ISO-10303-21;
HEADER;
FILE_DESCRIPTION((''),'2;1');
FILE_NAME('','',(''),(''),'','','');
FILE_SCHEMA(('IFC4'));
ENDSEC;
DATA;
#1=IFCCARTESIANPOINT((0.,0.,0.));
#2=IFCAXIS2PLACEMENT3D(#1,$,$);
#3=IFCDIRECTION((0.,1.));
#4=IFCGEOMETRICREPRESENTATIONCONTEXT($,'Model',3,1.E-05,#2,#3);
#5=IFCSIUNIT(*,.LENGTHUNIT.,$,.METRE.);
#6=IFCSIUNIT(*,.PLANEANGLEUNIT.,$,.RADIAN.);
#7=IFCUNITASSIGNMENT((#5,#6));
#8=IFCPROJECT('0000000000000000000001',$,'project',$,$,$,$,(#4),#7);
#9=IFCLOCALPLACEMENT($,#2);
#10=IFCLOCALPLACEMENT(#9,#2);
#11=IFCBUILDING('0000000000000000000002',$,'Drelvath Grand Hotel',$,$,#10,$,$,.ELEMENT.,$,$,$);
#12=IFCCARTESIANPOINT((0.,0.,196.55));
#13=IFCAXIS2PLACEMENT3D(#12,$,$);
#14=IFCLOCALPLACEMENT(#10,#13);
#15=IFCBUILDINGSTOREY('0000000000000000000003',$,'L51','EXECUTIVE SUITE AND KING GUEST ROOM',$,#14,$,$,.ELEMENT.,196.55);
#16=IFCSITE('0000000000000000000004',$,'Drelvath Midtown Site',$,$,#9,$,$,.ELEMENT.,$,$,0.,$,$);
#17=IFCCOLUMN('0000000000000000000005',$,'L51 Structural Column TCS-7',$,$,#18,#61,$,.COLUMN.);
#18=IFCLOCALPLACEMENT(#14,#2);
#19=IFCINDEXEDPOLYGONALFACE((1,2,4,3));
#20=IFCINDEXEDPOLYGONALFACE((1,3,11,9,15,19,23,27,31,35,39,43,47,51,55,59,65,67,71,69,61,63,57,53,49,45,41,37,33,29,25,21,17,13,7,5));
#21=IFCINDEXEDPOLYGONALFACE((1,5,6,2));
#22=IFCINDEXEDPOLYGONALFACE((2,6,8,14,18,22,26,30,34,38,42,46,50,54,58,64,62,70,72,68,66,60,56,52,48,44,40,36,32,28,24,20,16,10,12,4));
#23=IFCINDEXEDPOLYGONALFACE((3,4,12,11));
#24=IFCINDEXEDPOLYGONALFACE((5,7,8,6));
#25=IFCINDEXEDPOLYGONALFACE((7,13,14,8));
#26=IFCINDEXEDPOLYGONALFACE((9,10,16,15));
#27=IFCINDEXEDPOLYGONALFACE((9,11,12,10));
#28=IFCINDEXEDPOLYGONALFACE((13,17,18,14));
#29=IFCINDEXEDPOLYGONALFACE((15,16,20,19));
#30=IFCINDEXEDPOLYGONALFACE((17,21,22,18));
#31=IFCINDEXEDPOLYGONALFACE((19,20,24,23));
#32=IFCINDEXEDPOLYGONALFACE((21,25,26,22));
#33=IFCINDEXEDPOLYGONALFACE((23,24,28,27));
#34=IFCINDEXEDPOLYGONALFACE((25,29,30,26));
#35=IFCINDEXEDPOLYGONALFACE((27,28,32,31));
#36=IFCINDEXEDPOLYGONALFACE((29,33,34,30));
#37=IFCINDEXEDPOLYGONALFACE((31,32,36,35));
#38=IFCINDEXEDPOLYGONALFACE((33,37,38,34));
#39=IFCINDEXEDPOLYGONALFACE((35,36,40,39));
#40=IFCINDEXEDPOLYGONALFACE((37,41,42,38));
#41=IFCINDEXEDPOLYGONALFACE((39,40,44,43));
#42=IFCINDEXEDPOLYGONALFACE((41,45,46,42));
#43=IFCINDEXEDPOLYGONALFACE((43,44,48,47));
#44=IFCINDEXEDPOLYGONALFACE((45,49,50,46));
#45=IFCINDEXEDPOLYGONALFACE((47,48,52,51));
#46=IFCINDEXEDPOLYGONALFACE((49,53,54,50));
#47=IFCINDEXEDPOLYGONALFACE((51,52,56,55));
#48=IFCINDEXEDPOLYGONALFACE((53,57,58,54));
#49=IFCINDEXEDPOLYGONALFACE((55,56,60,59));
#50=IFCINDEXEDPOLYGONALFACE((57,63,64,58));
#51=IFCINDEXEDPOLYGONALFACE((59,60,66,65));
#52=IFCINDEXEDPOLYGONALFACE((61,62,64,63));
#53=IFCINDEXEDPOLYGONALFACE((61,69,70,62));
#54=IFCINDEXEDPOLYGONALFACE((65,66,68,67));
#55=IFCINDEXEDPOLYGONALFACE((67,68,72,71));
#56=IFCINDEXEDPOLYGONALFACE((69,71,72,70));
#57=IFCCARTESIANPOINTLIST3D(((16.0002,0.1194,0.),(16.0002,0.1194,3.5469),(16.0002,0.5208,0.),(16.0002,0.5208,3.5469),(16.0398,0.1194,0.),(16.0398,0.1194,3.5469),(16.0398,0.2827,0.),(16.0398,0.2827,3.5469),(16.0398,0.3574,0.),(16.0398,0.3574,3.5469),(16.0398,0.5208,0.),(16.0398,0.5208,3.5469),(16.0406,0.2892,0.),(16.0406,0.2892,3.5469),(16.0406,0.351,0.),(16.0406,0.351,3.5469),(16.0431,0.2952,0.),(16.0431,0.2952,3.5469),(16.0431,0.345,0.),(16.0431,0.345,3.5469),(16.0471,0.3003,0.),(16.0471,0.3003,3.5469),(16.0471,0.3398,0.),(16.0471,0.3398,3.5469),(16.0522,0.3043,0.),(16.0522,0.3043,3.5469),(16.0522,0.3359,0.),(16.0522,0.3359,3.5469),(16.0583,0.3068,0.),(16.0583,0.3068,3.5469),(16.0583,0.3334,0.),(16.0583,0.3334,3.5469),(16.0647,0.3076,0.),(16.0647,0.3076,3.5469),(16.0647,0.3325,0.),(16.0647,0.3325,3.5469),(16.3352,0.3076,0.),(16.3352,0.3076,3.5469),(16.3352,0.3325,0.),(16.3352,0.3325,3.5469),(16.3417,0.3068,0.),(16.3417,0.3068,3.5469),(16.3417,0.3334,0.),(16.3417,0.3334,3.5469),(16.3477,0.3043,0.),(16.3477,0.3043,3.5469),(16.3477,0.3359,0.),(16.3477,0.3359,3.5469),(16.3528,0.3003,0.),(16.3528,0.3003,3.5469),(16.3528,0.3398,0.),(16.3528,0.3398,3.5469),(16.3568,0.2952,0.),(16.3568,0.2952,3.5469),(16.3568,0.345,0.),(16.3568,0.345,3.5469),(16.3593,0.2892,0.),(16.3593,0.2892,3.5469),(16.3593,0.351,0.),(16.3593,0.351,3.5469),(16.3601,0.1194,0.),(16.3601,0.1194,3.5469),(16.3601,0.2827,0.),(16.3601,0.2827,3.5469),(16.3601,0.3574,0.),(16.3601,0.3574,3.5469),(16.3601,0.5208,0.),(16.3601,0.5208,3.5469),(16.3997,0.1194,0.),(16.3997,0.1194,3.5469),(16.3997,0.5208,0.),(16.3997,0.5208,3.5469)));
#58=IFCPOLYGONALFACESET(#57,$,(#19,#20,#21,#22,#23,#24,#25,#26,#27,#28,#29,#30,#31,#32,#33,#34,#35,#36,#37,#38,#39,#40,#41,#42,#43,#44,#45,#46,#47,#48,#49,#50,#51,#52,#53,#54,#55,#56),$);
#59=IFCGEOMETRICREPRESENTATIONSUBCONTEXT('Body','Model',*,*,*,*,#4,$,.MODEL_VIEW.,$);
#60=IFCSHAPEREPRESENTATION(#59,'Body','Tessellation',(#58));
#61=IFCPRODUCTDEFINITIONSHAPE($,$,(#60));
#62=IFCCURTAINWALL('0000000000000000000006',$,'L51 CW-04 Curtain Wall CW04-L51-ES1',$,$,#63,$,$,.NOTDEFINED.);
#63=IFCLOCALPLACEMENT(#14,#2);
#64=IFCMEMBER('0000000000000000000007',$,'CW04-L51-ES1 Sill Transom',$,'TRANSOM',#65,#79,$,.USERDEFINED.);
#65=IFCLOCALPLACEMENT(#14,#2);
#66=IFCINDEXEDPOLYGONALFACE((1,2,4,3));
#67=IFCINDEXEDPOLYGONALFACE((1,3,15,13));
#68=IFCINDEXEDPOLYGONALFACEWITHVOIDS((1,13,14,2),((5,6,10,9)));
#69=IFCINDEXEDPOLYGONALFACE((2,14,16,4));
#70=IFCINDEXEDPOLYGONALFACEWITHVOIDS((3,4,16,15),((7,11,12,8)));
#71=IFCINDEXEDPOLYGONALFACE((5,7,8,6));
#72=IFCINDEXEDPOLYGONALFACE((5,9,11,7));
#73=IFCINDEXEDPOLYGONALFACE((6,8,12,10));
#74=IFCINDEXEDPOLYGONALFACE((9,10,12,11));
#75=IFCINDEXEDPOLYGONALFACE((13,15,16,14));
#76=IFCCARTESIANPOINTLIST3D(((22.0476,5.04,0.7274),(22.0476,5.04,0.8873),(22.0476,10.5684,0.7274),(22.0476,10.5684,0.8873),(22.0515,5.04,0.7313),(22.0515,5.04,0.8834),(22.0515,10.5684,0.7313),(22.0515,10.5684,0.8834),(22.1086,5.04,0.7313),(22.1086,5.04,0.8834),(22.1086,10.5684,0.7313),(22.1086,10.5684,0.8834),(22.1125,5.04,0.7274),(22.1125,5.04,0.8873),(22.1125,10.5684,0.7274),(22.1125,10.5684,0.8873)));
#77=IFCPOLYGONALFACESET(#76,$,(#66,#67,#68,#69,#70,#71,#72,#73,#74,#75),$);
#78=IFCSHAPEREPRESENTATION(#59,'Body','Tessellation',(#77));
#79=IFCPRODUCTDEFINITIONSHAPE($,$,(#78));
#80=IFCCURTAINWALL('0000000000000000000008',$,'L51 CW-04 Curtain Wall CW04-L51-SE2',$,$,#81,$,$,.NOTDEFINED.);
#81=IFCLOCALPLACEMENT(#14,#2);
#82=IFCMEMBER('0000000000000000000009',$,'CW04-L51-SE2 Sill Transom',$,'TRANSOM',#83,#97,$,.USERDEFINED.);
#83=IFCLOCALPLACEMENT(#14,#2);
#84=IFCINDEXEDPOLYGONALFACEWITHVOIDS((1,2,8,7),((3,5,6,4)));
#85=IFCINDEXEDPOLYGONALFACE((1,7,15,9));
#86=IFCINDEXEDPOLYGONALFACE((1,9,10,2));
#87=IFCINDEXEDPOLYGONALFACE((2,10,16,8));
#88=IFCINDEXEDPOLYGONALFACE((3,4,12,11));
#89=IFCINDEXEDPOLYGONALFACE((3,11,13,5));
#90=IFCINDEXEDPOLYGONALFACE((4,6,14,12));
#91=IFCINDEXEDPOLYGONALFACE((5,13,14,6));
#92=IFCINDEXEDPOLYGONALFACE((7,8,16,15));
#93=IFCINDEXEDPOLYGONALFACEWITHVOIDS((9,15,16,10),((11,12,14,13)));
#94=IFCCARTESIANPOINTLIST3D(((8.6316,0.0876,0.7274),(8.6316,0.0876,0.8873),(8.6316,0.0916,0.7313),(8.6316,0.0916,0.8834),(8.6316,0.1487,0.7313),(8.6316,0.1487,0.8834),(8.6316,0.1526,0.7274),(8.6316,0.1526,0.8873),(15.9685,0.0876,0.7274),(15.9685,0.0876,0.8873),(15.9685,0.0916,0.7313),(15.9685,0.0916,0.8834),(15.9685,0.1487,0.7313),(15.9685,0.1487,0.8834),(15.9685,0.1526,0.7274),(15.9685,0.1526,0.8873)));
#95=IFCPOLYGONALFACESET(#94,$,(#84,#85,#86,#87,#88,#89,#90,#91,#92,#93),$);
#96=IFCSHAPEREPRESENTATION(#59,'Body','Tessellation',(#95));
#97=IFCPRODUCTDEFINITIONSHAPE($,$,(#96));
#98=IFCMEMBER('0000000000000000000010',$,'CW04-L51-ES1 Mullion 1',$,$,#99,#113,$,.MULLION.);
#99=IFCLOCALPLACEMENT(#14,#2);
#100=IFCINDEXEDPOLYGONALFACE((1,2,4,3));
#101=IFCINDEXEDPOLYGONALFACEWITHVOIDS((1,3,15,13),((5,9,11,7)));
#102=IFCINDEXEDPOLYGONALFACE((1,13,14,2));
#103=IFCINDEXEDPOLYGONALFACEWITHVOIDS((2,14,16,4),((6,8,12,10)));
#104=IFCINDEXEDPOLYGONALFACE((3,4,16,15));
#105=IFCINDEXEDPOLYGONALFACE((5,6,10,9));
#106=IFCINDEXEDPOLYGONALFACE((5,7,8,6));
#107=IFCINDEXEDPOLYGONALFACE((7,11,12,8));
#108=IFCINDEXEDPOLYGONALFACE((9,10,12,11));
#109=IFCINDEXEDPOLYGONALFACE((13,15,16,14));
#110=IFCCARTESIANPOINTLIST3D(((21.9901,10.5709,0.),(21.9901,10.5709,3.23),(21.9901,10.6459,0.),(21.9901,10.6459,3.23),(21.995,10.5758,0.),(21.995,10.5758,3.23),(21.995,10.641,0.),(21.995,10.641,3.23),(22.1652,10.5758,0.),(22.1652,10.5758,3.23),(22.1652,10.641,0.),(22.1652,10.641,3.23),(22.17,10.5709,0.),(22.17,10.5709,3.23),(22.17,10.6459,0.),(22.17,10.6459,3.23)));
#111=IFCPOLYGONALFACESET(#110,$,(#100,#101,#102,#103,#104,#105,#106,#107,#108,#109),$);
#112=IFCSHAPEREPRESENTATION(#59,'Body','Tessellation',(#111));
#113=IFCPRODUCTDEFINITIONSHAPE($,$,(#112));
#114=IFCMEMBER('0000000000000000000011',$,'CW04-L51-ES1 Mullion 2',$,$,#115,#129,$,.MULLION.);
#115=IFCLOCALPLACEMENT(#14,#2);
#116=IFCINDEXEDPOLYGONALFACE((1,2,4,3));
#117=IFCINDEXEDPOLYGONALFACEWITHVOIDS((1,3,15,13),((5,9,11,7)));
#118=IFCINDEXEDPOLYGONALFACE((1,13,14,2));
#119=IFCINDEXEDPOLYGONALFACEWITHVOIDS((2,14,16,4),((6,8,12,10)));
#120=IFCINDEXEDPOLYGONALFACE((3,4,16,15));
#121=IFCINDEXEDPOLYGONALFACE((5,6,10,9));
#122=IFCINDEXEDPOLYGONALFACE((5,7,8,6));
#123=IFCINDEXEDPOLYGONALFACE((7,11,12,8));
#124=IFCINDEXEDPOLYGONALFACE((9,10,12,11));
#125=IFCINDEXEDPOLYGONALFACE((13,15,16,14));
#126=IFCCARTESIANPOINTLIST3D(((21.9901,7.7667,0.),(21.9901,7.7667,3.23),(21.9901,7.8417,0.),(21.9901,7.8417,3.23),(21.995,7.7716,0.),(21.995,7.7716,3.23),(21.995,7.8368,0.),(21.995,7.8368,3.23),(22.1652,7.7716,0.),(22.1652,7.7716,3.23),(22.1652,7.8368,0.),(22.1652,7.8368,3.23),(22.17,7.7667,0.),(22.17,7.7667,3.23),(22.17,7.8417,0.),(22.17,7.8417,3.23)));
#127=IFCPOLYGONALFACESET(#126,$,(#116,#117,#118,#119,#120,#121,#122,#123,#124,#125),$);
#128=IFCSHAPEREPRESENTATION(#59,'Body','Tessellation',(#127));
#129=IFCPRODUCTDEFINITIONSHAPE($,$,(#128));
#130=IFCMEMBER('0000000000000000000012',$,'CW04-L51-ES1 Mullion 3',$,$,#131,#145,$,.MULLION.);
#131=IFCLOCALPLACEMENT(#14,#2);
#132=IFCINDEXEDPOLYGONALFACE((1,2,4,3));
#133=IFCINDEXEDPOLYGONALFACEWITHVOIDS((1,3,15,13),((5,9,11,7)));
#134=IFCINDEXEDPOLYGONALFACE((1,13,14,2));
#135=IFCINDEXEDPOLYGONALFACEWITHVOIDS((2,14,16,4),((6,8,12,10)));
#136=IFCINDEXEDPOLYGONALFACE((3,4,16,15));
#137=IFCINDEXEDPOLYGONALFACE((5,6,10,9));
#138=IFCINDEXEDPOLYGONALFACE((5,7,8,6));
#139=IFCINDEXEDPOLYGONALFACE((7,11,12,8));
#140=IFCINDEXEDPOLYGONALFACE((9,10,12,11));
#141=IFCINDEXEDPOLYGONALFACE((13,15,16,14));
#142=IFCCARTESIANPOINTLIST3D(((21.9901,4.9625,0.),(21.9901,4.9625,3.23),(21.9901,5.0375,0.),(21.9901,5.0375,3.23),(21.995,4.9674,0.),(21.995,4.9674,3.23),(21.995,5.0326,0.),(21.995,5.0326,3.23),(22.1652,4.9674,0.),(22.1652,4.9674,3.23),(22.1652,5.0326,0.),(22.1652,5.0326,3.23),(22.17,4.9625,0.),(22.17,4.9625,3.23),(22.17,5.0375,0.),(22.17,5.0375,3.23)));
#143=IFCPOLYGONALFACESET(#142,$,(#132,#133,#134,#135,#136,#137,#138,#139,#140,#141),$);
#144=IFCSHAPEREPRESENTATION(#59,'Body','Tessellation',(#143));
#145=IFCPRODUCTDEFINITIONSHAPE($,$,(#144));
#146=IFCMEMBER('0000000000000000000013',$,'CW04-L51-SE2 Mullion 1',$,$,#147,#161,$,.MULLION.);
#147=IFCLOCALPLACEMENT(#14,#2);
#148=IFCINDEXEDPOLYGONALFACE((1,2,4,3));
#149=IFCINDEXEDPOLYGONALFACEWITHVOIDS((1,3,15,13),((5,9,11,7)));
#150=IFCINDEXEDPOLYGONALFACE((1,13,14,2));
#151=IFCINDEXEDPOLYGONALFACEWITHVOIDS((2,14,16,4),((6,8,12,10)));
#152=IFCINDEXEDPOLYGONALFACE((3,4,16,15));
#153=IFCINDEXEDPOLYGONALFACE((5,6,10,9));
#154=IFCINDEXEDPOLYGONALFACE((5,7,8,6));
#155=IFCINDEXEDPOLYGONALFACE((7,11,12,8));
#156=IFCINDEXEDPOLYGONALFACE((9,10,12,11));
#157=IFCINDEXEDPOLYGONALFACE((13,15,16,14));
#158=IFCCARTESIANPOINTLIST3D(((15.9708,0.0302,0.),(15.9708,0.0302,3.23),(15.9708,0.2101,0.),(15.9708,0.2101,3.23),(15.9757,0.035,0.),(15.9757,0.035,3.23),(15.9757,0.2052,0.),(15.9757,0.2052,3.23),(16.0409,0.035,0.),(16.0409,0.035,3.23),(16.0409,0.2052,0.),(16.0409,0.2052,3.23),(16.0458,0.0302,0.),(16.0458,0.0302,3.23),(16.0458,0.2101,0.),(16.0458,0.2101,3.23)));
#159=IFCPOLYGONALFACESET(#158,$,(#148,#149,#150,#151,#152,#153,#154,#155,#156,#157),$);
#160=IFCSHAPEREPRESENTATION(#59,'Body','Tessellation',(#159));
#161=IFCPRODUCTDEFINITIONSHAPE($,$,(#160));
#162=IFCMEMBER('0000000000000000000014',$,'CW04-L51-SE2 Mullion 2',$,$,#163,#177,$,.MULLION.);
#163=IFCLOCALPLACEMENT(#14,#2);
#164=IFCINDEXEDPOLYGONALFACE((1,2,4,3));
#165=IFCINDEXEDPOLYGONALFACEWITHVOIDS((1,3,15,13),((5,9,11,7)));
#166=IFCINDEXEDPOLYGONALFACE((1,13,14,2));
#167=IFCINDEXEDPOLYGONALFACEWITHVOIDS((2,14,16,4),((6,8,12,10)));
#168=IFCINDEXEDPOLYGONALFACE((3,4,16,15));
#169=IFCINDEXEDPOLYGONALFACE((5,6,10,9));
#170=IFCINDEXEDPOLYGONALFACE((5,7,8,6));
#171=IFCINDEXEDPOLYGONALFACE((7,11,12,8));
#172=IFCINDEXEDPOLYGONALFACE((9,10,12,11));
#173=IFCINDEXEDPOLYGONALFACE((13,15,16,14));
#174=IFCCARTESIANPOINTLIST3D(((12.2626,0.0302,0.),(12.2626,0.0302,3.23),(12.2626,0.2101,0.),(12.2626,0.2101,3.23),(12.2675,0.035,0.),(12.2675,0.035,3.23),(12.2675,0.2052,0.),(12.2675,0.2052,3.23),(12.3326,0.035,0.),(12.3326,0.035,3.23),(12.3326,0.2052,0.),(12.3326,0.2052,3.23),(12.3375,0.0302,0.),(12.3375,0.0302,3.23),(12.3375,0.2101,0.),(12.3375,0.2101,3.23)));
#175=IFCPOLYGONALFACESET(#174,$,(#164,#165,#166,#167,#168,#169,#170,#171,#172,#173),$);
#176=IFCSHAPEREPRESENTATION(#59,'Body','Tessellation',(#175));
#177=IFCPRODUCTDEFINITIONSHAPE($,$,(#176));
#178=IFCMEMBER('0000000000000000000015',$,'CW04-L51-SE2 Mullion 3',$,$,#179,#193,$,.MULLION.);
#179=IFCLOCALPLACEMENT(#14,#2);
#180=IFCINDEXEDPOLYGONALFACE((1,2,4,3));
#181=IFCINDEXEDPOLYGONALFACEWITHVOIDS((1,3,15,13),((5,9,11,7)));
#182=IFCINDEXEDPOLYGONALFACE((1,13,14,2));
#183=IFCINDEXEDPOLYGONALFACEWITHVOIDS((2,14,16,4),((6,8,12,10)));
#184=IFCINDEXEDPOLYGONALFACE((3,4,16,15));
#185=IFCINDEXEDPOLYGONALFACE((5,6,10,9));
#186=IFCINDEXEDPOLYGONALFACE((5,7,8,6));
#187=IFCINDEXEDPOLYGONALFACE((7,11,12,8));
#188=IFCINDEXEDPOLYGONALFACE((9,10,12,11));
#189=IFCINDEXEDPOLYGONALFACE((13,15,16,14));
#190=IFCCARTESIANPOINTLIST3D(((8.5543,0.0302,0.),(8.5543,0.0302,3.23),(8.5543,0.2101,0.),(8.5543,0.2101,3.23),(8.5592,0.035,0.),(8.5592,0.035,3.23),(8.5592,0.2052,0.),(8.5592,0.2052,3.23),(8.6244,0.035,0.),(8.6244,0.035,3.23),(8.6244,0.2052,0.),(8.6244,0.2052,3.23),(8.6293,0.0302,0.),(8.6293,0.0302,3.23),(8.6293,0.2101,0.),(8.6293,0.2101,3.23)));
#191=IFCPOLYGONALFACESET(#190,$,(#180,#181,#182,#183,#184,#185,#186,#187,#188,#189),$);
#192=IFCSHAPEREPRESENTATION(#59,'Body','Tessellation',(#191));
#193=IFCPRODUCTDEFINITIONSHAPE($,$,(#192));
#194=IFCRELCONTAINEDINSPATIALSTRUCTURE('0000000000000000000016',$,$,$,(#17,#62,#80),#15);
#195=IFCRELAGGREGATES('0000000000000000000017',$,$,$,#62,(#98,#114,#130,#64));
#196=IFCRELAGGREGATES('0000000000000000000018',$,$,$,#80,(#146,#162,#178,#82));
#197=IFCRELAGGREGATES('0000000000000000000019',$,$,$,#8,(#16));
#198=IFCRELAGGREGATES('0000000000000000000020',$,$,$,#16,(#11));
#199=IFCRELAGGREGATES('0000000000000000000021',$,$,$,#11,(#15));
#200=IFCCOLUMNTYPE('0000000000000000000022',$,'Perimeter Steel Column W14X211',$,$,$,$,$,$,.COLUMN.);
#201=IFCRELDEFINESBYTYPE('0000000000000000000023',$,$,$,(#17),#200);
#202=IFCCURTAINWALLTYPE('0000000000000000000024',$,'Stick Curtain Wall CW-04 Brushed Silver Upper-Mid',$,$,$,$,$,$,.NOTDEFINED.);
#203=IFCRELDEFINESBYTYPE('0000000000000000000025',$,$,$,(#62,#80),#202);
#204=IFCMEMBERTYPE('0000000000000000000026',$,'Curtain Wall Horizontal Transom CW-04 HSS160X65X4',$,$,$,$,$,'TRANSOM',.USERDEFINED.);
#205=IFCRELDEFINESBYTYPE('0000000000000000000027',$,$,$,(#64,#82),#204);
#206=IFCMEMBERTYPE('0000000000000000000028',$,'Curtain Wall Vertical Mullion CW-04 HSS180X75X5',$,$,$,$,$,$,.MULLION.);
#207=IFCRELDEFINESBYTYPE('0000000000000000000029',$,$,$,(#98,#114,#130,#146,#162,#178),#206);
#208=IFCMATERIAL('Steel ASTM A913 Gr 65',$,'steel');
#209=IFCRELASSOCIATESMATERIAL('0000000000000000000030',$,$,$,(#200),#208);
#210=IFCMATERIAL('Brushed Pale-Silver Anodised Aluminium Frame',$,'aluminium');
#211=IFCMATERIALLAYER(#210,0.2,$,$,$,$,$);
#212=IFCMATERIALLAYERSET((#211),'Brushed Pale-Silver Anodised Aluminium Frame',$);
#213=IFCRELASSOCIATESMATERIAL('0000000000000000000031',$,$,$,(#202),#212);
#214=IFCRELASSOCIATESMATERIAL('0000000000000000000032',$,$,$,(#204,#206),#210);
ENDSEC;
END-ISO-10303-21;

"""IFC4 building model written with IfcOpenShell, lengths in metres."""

from ifc_helpers import new_model, si_unit, direction, frame, origin, origin_2d, place, context, subcontext, project, spatial, hollow_rectangle, i_section, extrude, material, layer, layer_set, material_profile, profile_set, type_object, element, aggregate, save


model = new_model("IFC4")

# Units and contexts
model_context = context("Model", 3, precision=1e-05, world=origin(), true_north=direction((0.0, 1.0)))
body_context = subcontext(model_context, "Body", "Model", "MODEL_VIEW")
ifc_project = project(units=[si_unit("LENGTHUNIT", "METRE"), si_unit("PLANEANGLEUNIT", "RADIAN")], contexts=[model_context])

# Site, building, storey
site_placement = place(None, origin())
site = spatial("IfcSite", under=ifc_project, at=site_placement, Name="Drelvath Midtown Site", CompositionType="ELEMENT", RefElevation=0.0)
building_placement = place(site_placement, origin())
building = spatial("IfcBuilding", under=site, at=building_placement, Name="Drelvath Grand Hotel", CompositionType="ELEMENT")
storey_placement = place(building_placement, frame((0.0, 0.0, 196.55)))
storey = spatial("IfcBuildingStorey", under=building, at=storey_placement, Name="L51", Description="EXECUTIVE SUITE AND KING GUEST ROOM", CompositionType="ELEMENT", Elevation=196.55)

# Column
ifc_material_1 = material(Name="Steel ASTM A913 Gr 65", Category="steel")
ifc_material_profile_1 = material_profile(ifc_material_1, i_section(OverallWidth=0.4014, OverallDepth=0.3994, WebThickness=0.0249, FlangeThickness=0.0396, FilletRadius=0.0249, at=origin_2d()), Name="W14X211")
ifc_profile_set_1 = profile_set([ifc_material_profile_1], Name="Steel ASTM A913 Gr 65")
column_type = type_object("IfcColumnType", Name="Perimeter Steel Column W14X211", PredefinedType="COLUMN", material=ifc_profile_set_1)
column_placement = place(storey_placement, frame((16.2, 0.3201, 0.0), z_axis=(0.0, 0.0, 1.0), x_axis=(0.0, 1.0, 0.0)))
element("IfcColumn", 1, at=column_placement, inside=storey, type_object=column_type, Name="L51 Structural Column TCS-7", PredefinedType="COLUMN", context=body_context, shape_type="SweptSolid", body=[
    extrude(i_section(OverallWidth=0.4014, OverallDepth=0.3994, WebThickness=0.0249, FlangeThickness=0.0396, FilletRadius=0.0249, at=origin_2d()), origin(), (0.0, 0.0, 1.0), 3.5469),
])

# Curtain walls, members
ifc_material_2 = material(Name="Brushed Pale-Silver Anodised Aluminium Frame", Category="aluminium")
ifc_layer_1 = layer(ifc_material_2, 0.2)
ifc_layer_set_1 = layer_set([ifc_layer_1], Name="Brushed Pale-Silver Anodised Aluminium Frame")
curtain_wall_type = type_object("IfcCurtainWallType", Name="Stick Curtain Wall CW-04 Brushed Silver Upper-Mid", PredefinedType="NOTDEFINED", material=ifc_layer_set_1)
curtain_wall_1_placement = place(storey_placement, origin())
curtain_wall_1 = element("IfcCurtainWall", 2, at=curtain_wall_1_placement, inside=storey, type_object=curtain_wall_type, Name="L51 CW-04 Curtain Wall CW04-L51-ES1", PredefinedType="NOTDEFINED")
ifc_material_profile_2 = material_profile(ifc_material_2, hollow_rectangle(XDim=0.0649, YDim=0.1599, WallThickness=0.0039, at=origin_2d()), Name="HSS160X65X4")
ifc_profile_set_2 = profile_set([ifc_material_profile_2], Name="Brushed Pale-Silver Anodised Aluminium Frame")
member_type_1 = type_object("IfcMemberType", Name="Curtain Wall Horizontal Transom CW-04 HSS160X65X4", ElementType="TRANSOM", PredefinedType="USERDEFINED", material=ifc_profile_set_2)
member_1_placement = place(storey_placement, frame((22.0801, 10.5684, 0.8074), z_axis=(0.0, -1.0, 0.0), x_axis=(1.0, 0.0, 0.0)))
member_1 = element("IfcMember", 3, at=member_1_placement, type_object=member_type_1, Name="CW04-L51-ES1 Sill Transom", ObjectType="TRANSOM", PredefinedType="USERDEFINED", context=body_context, shape_type="SweptSolid", body=[
    extrude(hollow_rectangle(XDim=0.0649, YDim=0.1599, WallThickness=0.0039, at=origin_2d()), origin(), (0.0, 0.0, 1.0), 5.5283),
])
curtain_wall_2_placement = place(storey_placement, origin())
curtain_wall_2 = element("IfcCurtainWall", 4, at=curtain_wall_2_placement, inside=storey, type_object=curtain_wall_type, Name="L51 CW-04 Curtain Wall CW04-L51-SE2", PredefinedType="NOTDEFINED")
member_2_placement = place(storey_placement, frame((15.9685, 0.1201, 0.8074), z_axis=(-1.0, 0.0, 0.0), x_axis=(0.0, -1.0, 0.0)))
member_2 = element("IfcMember", 5, at=member_2_placement, type_object=member_type_1, Name="CW04-L51-SE2 Sill Transom", ObjectType="TRANSOM", PredefinedType="USERDEFINED", context=body_context, shape_type="SweptSolid", body=[
    extrude(hollow_rectangle(XDim=0.0649, YDim=0.1599, WallThickness=0.0039, at=origin_2d()), origin(), (0.0, 0.0, 1.0), 7.3369),
])

# Members
ifc_material_profile_3 = material_profile(ifc_material_2, hollow_rectangle(XDim=0.075, YDim=0.1799, WallThickness=0.0049, at=origin_2d()), Name="HSS180X75X5")
ifc_profile_set_3 = profile_set([ifc_material_profile_3], Name="Brushed Pale-Silver Anodised Aluminium Frame")
member_type_2 = type_object("IfcMemberType", Name="Curtain Wall Vertical Mullion CW-04 HSS180X75X5", PredefinedType="MULLION", material=ifc_profile_set_3)
member_3_placement = place(storey_placement, frame((22.0801, 10.6084, 0.0), z_axis=(0.0, 0.0, 1.0), x_axis=(0.0, 1.0, 0.0)))
member_3 = element("IfcMember", 6, at=member_3_placement, type_object=member_type_2, Name="CW04-L51-ES1 Mullion 1", PredefinedType="MULLION", context=body_context, shape_type="SweptSolid", body=[
    extrude(hollow_rectangle(XDim=0.075, YDim=0.1799, WallThickness=0.0049, at=origin_2d()), origin(), (0.0, 0.0, 1.0), 3.23),
])
member_4_placement = place(storey_placement, frame((22.0801, 7.8042, 0.0), z_axis=(0.0, 0.0, 1.0), x_axis=(0.0, 1.0, 0.0)))
member_4 = element("IfcMember", 7, at=member_4_placement, type_object=member_type_2, Name="CW04-L51-ES1 Mullion 2", PredefinedType="MULLION", context=body_context, shape_type="SweptSolid", body=[
    extrude(hollow_rectangle(XDim=0.075, YDim=0.1799, WallThickness=0.0049, at=origin_2d()), origin(), (0.0, 0.0, 1.0), 3.23),
])
member_5_placement = place(storey_placement, frame((22.0801, 5.0, 0.0), z_axis=(0.0, 0.0, 1.0), x_axis=(0.0, 1.0, 0.0)))
member_5 = element("IfcMember", 8, at=member_5_placement, type_object=member_type_2, Name="CW04-L51-ES1 Mullion 3", PredefinedType="MULLION", context=body_context, shape_type="SweptSolid", body=[
    extrude(hollow_rectangle(XDim=0.075, YDim=0.1799, WallThickness=0.0049, at=origin_2d()), origin(), (0.0, 0.0, 1.0), 3.23),
])
member_6_placement = place(storey_placement, frame((16.0083, 0.1201, 0.0), z_axis=(0.0, 0.0, 1.0), x_axis=(1.0, 0.0, 0.0)))
member_6 = element("IfcMember", 9, at=member_6_placement, type_object=member_type_2, Name="CW04-L51-SE2 Mullion 1", PredefinedType="MULLION", context=body_context, shape_type="SweptSolid", body=[
    extrude(hollow_rectangle(XDim=0.075, YDim=0.1799, WallThickness=0.0049, at=origin_2d()), origin(), (0.0, 0.0, 1.0), 3.23),
])
member_7_placement = place(storey_placement, frame((12.3, 0.1201, 0.0), z_axis=(0.0, 0.0, 1.0), x_axis=(1.0, 0.0, 0.0)))
member_7 = element("IfcMember", 10, at=member_7_placement, type_object=member_type_2, Name="CW04-L51-SE2 Mullion 2", PredefinedType="MULLION", context=body_context, shape_type="SweptSolid", body=[
    extrude(hollow_rectangle(XDim=0.075, YDim=0.1799, WallThickness=0.0049, at=origin_2d()), origin(), (0.0, 0.0, 1.0), 3.23),
])
member_8_placement = place(storey_placement, frame((8.5918, 0.1201, 0.0), z_axis=(0.0, 0.0, 1.0), x_axis=(1.0, 0.0, 0.0)))
member_8 = element("IfcMember", 11, at=member_8_placement, type_object=member_type_2, Name="CW04-L51-SE2 Mullion 3", PredefinedType="MULLION", context=body_context, shape_type="SweptSolid", body=[
    extrude(hollow_rectangle(XDim=0.075, YDim=0.1799, WallThickness=0.0049, at=origin_2d()), origin(), (0.0, 0.0, 1.0), 3.23),
])

aggregate(curtain_wall_1, [member_3, member_4, member_5, member_1])
aggregate(curtain_wall_2, [member_6, member_7, member_8, member_2])

save(model, "model.ifc")
